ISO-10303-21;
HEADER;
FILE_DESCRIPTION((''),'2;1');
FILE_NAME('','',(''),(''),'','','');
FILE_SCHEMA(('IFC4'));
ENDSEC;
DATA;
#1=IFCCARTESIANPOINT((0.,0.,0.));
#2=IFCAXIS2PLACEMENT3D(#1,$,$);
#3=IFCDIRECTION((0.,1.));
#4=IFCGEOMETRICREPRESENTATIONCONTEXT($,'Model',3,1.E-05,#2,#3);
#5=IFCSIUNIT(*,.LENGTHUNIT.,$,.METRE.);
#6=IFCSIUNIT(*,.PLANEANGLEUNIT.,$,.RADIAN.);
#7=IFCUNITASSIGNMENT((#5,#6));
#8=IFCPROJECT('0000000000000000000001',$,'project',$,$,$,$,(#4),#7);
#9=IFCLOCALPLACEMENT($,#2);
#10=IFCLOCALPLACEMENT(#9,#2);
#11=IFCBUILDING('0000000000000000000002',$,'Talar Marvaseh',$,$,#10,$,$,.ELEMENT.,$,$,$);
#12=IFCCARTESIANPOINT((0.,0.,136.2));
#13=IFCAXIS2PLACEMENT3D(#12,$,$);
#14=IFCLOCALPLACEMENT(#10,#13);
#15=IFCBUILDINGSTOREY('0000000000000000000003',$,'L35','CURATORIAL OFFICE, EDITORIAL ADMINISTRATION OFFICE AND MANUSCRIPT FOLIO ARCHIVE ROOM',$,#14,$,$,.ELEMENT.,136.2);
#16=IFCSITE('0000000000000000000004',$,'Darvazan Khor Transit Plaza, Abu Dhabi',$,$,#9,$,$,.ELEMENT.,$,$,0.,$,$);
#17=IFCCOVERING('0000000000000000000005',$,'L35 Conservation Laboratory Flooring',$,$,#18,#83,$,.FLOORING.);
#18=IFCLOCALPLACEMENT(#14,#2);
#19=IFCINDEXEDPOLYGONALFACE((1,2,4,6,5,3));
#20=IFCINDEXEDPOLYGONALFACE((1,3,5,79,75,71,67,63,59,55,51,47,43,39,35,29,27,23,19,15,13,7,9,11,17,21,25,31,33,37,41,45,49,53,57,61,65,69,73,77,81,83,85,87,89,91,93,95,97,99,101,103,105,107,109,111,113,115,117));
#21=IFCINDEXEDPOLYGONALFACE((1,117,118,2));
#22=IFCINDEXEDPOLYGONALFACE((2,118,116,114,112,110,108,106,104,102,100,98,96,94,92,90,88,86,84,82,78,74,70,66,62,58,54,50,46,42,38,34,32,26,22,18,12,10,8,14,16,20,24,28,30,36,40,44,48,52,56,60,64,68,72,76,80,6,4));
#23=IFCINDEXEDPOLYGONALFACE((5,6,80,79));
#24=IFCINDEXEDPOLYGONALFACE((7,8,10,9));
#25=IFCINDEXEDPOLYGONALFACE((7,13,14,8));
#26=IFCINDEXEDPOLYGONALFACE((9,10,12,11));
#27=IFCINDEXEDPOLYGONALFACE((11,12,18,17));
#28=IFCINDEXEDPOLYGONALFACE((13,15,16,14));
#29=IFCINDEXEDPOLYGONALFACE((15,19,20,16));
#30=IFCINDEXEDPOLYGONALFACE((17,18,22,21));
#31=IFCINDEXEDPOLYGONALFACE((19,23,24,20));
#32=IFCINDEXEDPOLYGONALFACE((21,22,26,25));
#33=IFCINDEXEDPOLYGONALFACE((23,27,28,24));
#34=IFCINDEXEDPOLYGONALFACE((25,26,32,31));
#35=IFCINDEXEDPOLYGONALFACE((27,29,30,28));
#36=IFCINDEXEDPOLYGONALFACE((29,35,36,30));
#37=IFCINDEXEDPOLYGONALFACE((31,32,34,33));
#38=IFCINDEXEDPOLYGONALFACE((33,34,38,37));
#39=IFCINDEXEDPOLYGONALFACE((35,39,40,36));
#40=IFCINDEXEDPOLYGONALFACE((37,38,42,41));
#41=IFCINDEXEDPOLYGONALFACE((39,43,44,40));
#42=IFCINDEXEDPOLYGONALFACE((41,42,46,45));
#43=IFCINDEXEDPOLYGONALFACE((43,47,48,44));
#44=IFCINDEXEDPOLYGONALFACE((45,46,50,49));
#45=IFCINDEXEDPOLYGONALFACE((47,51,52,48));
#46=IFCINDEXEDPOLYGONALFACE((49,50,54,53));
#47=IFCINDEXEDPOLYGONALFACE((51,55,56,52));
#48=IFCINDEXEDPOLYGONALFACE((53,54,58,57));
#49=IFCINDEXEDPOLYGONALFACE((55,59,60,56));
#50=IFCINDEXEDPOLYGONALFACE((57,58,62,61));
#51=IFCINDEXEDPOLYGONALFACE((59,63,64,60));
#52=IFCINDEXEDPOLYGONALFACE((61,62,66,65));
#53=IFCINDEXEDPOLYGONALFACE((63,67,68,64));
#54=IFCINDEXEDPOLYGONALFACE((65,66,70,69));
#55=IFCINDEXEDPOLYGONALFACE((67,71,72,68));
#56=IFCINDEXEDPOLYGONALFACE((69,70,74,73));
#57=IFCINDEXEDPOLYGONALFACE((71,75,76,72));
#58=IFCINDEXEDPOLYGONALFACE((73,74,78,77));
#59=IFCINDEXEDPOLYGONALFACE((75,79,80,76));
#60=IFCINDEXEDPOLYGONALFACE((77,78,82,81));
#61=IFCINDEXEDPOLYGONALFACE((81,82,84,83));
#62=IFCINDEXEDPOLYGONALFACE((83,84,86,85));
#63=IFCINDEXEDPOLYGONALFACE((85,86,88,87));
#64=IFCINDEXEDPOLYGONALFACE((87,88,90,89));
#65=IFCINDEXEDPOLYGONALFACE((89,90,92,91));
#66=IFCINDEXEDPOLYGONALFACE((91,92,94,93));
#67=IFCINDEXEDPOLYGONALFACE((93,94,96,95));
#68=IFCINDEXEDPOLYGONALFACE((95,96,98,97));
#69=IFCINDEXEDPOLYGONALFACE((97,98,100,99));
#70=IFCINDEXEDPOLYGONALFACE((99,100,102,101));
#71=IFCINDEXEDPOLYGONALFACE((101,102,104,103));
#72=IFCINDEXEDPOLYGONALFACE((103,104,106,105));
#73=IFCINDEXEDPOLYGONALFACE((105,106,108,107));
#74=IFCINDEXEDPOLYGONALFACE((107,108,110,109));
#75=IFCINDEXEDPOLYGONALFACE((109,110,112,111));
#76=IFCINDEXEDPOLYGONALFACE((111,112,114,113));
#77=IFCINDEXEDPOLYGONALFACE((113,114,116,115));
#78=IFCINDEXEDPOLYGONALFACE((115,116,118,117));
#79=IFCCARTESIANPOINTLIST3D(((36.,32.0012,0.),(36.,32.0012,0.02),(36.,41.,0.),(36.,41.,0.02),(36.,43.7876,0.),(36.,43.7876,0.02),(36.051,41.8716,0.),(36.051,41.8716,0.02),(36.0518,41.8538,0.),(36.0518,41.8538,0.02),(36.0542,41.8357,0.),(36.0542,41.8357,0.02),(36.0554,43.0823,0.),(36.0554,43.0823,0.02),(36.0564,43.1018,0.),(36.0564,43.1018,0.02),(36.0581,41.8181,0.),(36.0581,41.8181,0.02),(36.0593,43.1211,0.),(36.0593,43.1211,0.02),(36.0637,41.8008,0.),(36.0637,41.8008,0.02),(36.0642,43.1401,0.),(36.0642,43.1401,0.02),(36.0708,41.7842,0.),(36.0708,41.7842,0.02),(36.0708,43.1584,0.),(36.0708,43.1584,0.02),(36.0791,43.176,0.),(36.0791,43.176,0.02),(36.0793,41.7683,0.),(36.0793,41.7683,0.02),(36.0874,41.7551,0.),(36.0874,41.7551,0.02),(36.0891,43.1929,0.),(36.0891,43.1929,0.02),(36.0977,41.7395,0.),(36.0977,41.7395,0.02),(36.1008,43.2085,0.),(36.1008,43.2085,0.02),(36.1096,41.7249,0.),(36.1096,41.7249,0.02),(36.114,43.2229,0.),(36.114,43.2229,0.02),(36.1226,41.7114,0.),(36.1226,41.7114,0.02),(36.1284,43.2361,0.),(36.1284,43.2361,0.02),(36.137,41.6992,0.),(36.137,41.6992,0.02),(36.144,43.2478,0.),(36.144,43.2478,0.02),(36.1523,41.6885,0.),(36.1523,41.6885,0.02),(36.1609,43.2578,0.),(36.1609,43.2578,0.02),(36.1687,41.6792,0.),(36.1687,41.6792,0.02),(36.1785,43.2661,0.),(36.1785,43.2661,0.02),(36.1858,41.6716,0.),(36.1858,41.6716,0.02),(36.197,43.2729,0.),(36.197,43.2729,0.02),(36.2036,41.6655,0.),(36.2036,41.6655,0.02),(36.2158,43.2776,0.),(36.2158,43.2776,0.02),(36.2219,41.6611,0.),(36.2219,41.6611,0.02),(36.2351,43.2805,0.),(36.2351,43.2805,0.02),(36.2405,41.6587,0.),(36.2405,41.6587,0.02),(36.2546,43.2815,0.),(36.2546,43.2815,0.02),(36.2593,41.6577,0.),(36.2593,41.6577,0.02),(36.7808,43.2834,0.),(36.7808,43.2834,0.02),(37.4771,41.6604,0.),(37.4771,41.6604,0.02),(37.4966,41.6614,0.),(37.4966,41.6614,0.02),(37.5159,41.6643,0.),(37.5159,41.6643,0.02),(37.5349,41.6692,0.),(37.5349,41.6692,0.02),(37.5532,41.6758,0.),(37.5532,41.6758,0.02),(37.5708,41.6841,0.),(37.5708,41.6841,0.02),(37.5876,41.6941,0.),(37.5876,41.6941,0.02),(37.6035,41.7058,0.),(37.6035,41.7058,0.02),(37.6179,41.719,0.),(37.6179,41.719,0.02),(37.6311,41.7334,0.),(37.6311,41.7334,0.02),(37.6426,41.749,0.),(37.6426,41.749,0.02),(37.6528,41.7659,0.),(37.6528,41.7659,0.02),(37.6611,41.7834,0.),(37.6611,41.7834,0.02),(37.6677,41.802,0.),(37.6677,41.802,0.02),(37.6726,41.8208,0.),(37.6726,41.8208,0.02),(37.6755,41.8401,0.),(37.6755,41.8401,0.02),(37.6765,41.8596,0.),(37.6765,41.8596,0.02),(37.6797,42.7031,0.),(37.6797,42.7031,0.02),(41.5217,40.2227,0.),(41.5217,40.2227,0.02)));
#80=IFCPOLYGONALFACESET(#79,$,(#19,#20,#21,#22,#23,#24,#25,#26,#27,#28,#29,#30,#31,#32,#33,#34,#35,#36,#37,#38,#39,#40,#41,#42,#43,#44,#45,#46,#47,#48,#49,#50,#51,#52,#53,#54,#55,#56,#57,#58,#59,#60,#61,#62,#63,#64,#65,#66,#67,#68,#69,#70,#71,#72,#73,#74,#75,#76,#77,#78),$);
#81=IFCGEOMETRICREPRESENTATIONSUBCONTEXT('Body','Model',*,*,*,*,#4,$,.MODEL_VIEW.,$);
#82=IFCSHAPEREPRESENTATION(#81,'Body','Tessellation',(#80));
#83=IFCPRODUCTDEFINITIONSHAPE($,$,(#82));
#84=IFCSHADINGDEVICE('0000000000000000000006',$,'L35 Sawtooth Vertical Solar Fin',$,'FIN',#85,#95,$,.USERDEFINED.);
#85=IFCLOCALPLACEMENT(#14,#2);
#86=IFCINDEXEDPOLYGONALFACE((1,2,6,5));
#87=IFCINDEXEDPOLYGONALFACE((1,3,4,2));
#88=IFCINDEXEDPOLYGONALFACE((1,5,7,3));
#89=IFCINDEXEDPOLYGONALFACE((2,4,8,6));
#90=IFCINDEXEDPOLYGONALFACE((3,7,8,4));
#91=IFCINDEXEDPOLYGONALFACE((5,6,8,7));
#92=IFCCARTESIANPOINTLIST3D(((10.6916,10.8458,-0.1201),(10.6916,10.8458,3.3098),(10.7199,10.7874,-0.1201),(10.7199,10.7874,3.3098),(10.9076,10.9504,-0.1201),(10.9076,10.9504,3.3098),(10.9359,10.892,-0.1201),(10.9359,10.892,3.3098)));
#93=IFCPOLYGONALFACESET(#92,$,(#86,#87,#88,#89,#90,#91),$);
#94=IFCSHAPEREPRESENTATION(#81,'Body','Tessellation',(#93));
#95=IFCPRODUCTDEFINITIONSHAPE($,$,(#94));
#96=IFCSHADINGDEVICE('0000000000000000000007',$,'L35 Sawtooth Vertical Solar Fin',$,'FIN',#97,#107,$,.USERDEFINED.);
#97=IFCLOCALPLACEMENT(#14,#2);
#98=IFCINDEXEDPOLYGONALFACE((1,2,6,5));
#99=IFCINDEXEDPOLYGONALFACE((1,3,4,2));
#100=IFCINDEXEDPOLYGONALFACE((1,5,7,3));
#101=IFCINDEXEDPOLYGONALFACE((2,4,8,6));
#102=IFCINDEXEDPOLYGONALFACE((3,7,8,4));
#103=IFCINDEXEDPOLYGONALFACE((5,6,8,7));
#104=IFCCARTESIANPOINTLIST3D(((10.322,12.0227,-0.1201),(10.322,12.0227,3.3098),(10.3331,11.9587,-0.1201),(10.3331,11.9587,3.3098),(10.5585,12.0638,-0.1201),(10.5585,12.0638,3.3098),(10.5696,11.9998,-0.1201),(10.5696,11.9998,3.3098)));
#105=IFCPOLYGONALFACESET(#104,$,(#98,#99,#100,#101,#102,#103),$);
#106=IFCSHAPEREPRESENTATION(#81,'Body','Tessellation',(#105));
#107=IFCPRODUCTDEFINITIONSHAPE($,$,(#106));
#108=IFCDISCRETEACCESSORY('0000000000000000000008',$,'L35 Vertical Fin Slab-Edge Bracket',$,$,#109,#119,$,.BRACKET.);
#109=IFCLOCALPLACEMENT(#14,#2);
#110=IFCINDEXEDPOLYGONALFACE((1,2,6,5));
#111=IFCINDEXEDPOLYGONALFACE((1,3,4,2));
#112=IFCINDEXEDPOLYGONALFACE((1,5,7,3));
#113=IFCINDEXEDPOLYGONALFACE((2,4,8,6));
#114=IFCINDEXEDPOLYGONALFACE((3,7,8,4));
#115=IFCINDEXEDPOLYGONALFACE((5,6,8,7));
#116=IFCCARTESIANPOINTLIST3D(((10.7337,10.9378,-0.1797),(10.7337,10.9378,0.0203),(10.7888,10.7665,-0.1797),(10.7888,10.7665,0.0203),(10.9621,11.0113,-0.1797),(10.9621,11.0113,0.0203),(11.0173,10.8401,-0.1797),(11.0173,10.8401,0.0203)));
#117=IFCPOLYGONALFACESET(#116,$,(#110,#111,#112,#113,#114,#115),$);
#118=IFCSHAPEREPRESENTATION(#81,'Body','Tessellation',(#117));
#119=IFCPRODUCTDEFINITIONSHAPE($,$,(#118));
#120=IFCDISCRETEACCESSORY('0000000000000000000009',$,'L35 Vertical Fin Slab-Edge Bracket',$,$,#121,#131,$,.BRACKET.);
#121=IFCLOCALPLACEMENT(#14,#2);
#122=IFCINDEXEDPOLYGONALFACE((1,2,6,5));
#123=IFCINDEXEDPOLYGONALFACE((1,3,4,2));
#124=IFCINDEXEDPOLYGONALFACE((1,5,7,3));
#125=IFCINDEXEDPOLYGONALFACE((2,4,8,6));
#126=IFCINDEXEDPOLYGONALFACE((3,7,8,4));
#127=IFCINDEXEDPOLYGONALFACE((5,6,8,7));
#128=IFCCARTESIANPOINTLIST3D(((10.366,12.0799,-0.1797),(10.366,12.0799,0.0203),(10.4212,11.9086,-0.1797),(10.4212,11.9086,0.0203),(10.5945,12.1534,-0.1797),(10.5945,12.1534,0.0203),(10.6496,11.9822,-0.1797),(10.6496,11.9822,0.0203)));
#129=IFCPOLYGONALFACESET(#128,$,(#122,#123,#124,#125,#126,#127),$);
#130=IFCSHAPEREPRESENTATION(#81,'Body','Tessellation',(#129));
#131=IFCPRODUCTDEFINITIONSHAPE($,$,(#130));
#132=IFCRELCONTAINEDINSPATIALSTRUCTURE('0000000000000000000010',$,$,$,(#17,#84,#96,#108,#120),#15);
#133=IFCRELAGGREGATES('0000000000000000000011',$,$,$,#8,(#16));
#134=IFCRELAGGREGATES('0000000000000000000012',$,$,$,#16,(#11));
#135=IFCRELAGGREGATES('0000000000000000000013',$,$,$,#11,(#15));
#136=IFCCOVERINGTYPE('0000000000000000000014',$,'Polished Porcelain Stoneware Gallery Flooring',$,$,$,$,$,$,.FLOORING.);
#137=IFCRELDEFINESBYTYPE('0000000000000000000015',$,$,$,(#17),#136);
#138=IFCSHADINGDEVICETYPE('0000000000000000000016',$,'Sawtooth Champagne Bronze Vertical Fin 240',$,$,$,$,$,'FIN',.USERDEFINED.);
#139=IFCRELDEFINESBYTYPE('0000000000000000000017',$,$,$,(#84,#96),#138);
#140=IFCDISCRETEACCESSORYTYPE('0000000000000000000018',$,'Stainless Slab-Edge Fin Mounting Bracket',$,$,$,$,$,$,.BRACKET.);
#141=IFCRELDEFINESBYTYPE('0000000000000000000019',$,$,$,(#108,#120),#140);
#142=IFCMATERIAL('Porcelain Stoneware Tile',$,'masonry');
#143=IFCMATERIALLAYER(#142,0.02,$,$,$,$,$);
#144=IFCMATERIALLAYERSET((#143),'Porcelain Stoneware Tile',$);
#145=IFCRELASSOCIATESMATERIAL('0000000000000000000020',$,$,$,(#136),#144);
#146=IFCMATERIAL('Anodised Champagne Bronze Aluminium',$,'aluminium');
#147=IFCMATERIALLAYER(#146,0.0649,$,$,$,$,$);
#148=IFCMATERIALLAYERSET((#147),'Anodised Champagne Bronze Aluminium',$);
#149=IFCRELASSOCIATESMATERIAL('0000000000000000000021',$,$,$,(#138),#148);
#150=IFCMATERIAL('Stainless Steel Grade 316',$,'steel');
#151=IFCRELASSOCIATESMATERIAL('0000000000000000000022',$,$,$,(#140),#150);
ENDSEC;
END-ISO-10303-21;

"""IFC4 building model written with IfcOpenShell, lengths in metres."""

from ifc_helpers import new_model, si_unit, direction, frame, origin, origin_2d, place, context, subcontext, project, spatial, polyline, rectangle, outline, extrude, source, transform, mapped, material, layer, layer_set, type_object, type_shapes, element, save


model = new_model("IFC4")

# Units and contexts
model_context = context("Model", 3, precision=1e-05, world=origin(), true_north=direction((0.0, 1.0)))
body_context = subcontext(model_context, "Body", "Model", "MODEL_VIEW")
ifc_project = project(units=[si_unit("LENGTHUNIT", "METRE"), si_unit("PLANEANGLEUNIT", "RADIAN")], contexts=[model_context])

# Site, building, storey
site_placement = place(None, origin())
site = spatial("IfcSite", under=ifc_project, at=site_placement, Name="Darvazan Khor Transit Plaza, Abu Dhabi", CompositionType="ELEMENT", RefElevation=0.0)
building_placement = place(site_placement, origin())
building = spatial("IfcBuilding", under=site, at=building_placement, Name="Talar Marvaseh", CompositionType="ELEMENT")
storey_placement = place(building_placement, frame((0.0, 0.0, 136.2)))
storey = spatial("IfcBuildingStorey", under=building, at=storey_placement, Name="L35", Description="CURATORIAL OFFICE, EDITORIAL ADMINISTRATION OFFICE AND MANUSCRIPT FOLIO ARCHIVE ROOM", CompositionType="ELEMENT", Elevation=136.2)

# Covering
ifc_material_1 = material(Name="Porcelain Stoneware Tile", Category="masonry")
ifc_layer_1 = layer(ifc_material_1, 0.02)
ifc_layer_set_1 = layer_set([ifc_layer_1], Name="Porcelain Stoneware Tile")
covering_type_1 = type_object("IfcCoveringType", Name="Polished Porcelain Stoneware Gallery Flooring", PredefinedType="FLOORING", material=ifc_layer_set_1)
covering_1_placement = place(storey_placement, origin())
element("IfcCovering", 1, at=covering_1_placement, inside=storey, type_object=covering_type_1, Name="L35 Conservation Laboratory Flooring", PredefinedType="FLOORING", context=body_context, shape_type="SweptSolid", body=[
    extrude(outline(polyline([(36.2546, 43.2815), (36.2351, 43.2805), (36.2158, 43.2776), (36.197, 43.2729), (36.1785, 43.2661), (36.1609, 43.2578), (36.144, 43.2478), (36.1284, 43.2361), (36.114, 43.2229), (36.1008, 43.2085), (36.0891, 43.1929), (36.0791, 43.176), (36.0708, 43.1584), (36.0642, 43.1401), (36.0593, 43.1211), (36.0564, 43.1018), (36.0554, 43.0823), (36.051, 41.8716), (36.0518, 41.8538), (36.0542, 41.8357), (36.0581, 41.8181), (36.0637, 41.8008), (36.0708, 41.7842), (36.0793, 41.7683), (36.0874, 41.7551), (36.0977, 41.7395), (36.1096, 41.7249), (36.1226, 41.7114), (36.137, 41.6992), (36.1523, 41.6885), (36.1687, 41.6792), (36.1858, 41.6716), (36.2036, 41.6655), (36.2219, 41.6611), (36.2405, 41.6587), (36.2593, 41.6577), (37.4771, 41.6604), (37.4966, 41.6614), (37.5159, 41.6643), (37.5349, 41.6692), (37.5532, 41.6758), (37.5708, 41.6841), (37.5876, 41.6941), (37.6035, 41.7058), (37.6179, 41.719), (37.6311, 41.7334), (37.6426, 41.749), (37.6528, 41.7659), (37.6611, 41.7834), (37.6677, 41.802), (37.6726, 41.8208), (37.6755, 41.8401), (37.6765, 41.8596), (37.6797, 42.7031), (41.5217, 40.2227), (36.0, 32.0012), (36.0, 41.0), (36.0, 43.7876), (36.7808, 43.2834), (36.2546, 43.2815)])), origin(), (0.0, 0.0, 1.0), 0.02),
])

# Shading devices
ifc_material_2 = material(Name="Anodised Champagne Bronze Aluminium", Category="aluminium")
ifc_layer_2 = layer(ifc_material_2, 0.0649)
ifc_layer_set_2 = layer_set([ifc_layer_2], Name="Anodised Champagne Bronze Aluminium")
shading_device_type = type_object("IfcShadingDeviceType", Name="Sawtooth Champagne Bronze Vertical Fin 240", ElementType="FIN", PredefinedType="USERDEFINED", material=ifc_layer_set_2)
shared_shape_1 = source(origin(), body_context, "Body", "SweptSolid", [
    extrude(rectangle(XDim=0.24, YDim=0.0649, at=origin_2d()), origin(), (0.0, 0.0, 1.0), 3.4299),
])
type_shapes(shading_device_type, [shared_shape_1])
for number, where, z_axis, x_axis, name in (
    (2, (10.8137, 10.8689, -0.1201), (0.0, 0.0, 1.0), (-0.899939, -0.436017, 0.0), "L35 Sawtooth Vertical Solar Fin"),
    (3, (10.4458, 12.0112, -0.1201), (0.0, 0.0, 1.0), (-0.985259, -0.171069, 0.0), "L35 Sawtooth Vertical Solar Fin"),
):
    element("IfcShadingDevice", number, at=place(storey_placement, frame(where, z_axis=z_axis, x_axis=x_axis)), inside=storey, type_object=shading_device_type, Name=name, ObjectType="FIN", PredefinedType="USERDEFINED", context=body_context, shape_type="MappedRepresentation", body=[
        mapped(shared_shape_1, transform((0.0, 0.0, 0.0), x_axis=(1.0, 0.0, 0.0), y_axis=(0.0, 1.0, 0.0), z_axis=(0.0, 0.0, 1.0), scale=1.0)),
    ])

# Discrete accessories
ifc_material_3 = material(Name="Stainless Steel Grade 316", Category="steel")
discrete_accessory_type = type_object("IfcDiscreteAccessoryType", Name="Stainless Slab-Edge Fin Mounting Bracket", PredefinedType="BRACKET", material=ifc_material_3)
shared_shape_2 = source(origin(), body_context, "Body", "SweptSolid", [
    extrude(rectangle(XDim=0.24, YDim=0.1799, at=origin_2d()), origin(), (0.0, 0.0, 1.0), 0.2),
])
type_shapes(discrete_accessory_type, [shared_shape_2])
for number, where, z_axis, x_axis, name in (
    (4, (10.8755, 10.8889, -0.1797), (0.0, 0.0, 1.0), (-0.951862, -0.306526, 0.0), "L35 Vertical Fin Slab-Edge Bracket"),
    (5, (10.5078, 12.031, -0.1797), (0.0, 0.0, 1.0), (-0.951862, -0.306526, 0.0), "L35 Vertical Fin Slab-Edge Bracket"),
):
    element("IfcDiscreteAccessory", number, at=place(storey_placement, frame(where, z_axis=z_axis, x_axis=x_axis)), inside=storey, type_object=discrete_accessory_type, Name=name, PredefinedType="BRACKET", context=body_context, shape_type="MappedRepresentation", body=[
        mapped(shared_shape_2, transform((0.0, 0.0, 0.0), x_axis=(1.0, 0.0, 0.0), y_axis=(0.0, 1.0, 0.0), z_axis=(0.0, 0.0, 1.0), scale=1.0)),
    ])

save(model, "model.ifc")
